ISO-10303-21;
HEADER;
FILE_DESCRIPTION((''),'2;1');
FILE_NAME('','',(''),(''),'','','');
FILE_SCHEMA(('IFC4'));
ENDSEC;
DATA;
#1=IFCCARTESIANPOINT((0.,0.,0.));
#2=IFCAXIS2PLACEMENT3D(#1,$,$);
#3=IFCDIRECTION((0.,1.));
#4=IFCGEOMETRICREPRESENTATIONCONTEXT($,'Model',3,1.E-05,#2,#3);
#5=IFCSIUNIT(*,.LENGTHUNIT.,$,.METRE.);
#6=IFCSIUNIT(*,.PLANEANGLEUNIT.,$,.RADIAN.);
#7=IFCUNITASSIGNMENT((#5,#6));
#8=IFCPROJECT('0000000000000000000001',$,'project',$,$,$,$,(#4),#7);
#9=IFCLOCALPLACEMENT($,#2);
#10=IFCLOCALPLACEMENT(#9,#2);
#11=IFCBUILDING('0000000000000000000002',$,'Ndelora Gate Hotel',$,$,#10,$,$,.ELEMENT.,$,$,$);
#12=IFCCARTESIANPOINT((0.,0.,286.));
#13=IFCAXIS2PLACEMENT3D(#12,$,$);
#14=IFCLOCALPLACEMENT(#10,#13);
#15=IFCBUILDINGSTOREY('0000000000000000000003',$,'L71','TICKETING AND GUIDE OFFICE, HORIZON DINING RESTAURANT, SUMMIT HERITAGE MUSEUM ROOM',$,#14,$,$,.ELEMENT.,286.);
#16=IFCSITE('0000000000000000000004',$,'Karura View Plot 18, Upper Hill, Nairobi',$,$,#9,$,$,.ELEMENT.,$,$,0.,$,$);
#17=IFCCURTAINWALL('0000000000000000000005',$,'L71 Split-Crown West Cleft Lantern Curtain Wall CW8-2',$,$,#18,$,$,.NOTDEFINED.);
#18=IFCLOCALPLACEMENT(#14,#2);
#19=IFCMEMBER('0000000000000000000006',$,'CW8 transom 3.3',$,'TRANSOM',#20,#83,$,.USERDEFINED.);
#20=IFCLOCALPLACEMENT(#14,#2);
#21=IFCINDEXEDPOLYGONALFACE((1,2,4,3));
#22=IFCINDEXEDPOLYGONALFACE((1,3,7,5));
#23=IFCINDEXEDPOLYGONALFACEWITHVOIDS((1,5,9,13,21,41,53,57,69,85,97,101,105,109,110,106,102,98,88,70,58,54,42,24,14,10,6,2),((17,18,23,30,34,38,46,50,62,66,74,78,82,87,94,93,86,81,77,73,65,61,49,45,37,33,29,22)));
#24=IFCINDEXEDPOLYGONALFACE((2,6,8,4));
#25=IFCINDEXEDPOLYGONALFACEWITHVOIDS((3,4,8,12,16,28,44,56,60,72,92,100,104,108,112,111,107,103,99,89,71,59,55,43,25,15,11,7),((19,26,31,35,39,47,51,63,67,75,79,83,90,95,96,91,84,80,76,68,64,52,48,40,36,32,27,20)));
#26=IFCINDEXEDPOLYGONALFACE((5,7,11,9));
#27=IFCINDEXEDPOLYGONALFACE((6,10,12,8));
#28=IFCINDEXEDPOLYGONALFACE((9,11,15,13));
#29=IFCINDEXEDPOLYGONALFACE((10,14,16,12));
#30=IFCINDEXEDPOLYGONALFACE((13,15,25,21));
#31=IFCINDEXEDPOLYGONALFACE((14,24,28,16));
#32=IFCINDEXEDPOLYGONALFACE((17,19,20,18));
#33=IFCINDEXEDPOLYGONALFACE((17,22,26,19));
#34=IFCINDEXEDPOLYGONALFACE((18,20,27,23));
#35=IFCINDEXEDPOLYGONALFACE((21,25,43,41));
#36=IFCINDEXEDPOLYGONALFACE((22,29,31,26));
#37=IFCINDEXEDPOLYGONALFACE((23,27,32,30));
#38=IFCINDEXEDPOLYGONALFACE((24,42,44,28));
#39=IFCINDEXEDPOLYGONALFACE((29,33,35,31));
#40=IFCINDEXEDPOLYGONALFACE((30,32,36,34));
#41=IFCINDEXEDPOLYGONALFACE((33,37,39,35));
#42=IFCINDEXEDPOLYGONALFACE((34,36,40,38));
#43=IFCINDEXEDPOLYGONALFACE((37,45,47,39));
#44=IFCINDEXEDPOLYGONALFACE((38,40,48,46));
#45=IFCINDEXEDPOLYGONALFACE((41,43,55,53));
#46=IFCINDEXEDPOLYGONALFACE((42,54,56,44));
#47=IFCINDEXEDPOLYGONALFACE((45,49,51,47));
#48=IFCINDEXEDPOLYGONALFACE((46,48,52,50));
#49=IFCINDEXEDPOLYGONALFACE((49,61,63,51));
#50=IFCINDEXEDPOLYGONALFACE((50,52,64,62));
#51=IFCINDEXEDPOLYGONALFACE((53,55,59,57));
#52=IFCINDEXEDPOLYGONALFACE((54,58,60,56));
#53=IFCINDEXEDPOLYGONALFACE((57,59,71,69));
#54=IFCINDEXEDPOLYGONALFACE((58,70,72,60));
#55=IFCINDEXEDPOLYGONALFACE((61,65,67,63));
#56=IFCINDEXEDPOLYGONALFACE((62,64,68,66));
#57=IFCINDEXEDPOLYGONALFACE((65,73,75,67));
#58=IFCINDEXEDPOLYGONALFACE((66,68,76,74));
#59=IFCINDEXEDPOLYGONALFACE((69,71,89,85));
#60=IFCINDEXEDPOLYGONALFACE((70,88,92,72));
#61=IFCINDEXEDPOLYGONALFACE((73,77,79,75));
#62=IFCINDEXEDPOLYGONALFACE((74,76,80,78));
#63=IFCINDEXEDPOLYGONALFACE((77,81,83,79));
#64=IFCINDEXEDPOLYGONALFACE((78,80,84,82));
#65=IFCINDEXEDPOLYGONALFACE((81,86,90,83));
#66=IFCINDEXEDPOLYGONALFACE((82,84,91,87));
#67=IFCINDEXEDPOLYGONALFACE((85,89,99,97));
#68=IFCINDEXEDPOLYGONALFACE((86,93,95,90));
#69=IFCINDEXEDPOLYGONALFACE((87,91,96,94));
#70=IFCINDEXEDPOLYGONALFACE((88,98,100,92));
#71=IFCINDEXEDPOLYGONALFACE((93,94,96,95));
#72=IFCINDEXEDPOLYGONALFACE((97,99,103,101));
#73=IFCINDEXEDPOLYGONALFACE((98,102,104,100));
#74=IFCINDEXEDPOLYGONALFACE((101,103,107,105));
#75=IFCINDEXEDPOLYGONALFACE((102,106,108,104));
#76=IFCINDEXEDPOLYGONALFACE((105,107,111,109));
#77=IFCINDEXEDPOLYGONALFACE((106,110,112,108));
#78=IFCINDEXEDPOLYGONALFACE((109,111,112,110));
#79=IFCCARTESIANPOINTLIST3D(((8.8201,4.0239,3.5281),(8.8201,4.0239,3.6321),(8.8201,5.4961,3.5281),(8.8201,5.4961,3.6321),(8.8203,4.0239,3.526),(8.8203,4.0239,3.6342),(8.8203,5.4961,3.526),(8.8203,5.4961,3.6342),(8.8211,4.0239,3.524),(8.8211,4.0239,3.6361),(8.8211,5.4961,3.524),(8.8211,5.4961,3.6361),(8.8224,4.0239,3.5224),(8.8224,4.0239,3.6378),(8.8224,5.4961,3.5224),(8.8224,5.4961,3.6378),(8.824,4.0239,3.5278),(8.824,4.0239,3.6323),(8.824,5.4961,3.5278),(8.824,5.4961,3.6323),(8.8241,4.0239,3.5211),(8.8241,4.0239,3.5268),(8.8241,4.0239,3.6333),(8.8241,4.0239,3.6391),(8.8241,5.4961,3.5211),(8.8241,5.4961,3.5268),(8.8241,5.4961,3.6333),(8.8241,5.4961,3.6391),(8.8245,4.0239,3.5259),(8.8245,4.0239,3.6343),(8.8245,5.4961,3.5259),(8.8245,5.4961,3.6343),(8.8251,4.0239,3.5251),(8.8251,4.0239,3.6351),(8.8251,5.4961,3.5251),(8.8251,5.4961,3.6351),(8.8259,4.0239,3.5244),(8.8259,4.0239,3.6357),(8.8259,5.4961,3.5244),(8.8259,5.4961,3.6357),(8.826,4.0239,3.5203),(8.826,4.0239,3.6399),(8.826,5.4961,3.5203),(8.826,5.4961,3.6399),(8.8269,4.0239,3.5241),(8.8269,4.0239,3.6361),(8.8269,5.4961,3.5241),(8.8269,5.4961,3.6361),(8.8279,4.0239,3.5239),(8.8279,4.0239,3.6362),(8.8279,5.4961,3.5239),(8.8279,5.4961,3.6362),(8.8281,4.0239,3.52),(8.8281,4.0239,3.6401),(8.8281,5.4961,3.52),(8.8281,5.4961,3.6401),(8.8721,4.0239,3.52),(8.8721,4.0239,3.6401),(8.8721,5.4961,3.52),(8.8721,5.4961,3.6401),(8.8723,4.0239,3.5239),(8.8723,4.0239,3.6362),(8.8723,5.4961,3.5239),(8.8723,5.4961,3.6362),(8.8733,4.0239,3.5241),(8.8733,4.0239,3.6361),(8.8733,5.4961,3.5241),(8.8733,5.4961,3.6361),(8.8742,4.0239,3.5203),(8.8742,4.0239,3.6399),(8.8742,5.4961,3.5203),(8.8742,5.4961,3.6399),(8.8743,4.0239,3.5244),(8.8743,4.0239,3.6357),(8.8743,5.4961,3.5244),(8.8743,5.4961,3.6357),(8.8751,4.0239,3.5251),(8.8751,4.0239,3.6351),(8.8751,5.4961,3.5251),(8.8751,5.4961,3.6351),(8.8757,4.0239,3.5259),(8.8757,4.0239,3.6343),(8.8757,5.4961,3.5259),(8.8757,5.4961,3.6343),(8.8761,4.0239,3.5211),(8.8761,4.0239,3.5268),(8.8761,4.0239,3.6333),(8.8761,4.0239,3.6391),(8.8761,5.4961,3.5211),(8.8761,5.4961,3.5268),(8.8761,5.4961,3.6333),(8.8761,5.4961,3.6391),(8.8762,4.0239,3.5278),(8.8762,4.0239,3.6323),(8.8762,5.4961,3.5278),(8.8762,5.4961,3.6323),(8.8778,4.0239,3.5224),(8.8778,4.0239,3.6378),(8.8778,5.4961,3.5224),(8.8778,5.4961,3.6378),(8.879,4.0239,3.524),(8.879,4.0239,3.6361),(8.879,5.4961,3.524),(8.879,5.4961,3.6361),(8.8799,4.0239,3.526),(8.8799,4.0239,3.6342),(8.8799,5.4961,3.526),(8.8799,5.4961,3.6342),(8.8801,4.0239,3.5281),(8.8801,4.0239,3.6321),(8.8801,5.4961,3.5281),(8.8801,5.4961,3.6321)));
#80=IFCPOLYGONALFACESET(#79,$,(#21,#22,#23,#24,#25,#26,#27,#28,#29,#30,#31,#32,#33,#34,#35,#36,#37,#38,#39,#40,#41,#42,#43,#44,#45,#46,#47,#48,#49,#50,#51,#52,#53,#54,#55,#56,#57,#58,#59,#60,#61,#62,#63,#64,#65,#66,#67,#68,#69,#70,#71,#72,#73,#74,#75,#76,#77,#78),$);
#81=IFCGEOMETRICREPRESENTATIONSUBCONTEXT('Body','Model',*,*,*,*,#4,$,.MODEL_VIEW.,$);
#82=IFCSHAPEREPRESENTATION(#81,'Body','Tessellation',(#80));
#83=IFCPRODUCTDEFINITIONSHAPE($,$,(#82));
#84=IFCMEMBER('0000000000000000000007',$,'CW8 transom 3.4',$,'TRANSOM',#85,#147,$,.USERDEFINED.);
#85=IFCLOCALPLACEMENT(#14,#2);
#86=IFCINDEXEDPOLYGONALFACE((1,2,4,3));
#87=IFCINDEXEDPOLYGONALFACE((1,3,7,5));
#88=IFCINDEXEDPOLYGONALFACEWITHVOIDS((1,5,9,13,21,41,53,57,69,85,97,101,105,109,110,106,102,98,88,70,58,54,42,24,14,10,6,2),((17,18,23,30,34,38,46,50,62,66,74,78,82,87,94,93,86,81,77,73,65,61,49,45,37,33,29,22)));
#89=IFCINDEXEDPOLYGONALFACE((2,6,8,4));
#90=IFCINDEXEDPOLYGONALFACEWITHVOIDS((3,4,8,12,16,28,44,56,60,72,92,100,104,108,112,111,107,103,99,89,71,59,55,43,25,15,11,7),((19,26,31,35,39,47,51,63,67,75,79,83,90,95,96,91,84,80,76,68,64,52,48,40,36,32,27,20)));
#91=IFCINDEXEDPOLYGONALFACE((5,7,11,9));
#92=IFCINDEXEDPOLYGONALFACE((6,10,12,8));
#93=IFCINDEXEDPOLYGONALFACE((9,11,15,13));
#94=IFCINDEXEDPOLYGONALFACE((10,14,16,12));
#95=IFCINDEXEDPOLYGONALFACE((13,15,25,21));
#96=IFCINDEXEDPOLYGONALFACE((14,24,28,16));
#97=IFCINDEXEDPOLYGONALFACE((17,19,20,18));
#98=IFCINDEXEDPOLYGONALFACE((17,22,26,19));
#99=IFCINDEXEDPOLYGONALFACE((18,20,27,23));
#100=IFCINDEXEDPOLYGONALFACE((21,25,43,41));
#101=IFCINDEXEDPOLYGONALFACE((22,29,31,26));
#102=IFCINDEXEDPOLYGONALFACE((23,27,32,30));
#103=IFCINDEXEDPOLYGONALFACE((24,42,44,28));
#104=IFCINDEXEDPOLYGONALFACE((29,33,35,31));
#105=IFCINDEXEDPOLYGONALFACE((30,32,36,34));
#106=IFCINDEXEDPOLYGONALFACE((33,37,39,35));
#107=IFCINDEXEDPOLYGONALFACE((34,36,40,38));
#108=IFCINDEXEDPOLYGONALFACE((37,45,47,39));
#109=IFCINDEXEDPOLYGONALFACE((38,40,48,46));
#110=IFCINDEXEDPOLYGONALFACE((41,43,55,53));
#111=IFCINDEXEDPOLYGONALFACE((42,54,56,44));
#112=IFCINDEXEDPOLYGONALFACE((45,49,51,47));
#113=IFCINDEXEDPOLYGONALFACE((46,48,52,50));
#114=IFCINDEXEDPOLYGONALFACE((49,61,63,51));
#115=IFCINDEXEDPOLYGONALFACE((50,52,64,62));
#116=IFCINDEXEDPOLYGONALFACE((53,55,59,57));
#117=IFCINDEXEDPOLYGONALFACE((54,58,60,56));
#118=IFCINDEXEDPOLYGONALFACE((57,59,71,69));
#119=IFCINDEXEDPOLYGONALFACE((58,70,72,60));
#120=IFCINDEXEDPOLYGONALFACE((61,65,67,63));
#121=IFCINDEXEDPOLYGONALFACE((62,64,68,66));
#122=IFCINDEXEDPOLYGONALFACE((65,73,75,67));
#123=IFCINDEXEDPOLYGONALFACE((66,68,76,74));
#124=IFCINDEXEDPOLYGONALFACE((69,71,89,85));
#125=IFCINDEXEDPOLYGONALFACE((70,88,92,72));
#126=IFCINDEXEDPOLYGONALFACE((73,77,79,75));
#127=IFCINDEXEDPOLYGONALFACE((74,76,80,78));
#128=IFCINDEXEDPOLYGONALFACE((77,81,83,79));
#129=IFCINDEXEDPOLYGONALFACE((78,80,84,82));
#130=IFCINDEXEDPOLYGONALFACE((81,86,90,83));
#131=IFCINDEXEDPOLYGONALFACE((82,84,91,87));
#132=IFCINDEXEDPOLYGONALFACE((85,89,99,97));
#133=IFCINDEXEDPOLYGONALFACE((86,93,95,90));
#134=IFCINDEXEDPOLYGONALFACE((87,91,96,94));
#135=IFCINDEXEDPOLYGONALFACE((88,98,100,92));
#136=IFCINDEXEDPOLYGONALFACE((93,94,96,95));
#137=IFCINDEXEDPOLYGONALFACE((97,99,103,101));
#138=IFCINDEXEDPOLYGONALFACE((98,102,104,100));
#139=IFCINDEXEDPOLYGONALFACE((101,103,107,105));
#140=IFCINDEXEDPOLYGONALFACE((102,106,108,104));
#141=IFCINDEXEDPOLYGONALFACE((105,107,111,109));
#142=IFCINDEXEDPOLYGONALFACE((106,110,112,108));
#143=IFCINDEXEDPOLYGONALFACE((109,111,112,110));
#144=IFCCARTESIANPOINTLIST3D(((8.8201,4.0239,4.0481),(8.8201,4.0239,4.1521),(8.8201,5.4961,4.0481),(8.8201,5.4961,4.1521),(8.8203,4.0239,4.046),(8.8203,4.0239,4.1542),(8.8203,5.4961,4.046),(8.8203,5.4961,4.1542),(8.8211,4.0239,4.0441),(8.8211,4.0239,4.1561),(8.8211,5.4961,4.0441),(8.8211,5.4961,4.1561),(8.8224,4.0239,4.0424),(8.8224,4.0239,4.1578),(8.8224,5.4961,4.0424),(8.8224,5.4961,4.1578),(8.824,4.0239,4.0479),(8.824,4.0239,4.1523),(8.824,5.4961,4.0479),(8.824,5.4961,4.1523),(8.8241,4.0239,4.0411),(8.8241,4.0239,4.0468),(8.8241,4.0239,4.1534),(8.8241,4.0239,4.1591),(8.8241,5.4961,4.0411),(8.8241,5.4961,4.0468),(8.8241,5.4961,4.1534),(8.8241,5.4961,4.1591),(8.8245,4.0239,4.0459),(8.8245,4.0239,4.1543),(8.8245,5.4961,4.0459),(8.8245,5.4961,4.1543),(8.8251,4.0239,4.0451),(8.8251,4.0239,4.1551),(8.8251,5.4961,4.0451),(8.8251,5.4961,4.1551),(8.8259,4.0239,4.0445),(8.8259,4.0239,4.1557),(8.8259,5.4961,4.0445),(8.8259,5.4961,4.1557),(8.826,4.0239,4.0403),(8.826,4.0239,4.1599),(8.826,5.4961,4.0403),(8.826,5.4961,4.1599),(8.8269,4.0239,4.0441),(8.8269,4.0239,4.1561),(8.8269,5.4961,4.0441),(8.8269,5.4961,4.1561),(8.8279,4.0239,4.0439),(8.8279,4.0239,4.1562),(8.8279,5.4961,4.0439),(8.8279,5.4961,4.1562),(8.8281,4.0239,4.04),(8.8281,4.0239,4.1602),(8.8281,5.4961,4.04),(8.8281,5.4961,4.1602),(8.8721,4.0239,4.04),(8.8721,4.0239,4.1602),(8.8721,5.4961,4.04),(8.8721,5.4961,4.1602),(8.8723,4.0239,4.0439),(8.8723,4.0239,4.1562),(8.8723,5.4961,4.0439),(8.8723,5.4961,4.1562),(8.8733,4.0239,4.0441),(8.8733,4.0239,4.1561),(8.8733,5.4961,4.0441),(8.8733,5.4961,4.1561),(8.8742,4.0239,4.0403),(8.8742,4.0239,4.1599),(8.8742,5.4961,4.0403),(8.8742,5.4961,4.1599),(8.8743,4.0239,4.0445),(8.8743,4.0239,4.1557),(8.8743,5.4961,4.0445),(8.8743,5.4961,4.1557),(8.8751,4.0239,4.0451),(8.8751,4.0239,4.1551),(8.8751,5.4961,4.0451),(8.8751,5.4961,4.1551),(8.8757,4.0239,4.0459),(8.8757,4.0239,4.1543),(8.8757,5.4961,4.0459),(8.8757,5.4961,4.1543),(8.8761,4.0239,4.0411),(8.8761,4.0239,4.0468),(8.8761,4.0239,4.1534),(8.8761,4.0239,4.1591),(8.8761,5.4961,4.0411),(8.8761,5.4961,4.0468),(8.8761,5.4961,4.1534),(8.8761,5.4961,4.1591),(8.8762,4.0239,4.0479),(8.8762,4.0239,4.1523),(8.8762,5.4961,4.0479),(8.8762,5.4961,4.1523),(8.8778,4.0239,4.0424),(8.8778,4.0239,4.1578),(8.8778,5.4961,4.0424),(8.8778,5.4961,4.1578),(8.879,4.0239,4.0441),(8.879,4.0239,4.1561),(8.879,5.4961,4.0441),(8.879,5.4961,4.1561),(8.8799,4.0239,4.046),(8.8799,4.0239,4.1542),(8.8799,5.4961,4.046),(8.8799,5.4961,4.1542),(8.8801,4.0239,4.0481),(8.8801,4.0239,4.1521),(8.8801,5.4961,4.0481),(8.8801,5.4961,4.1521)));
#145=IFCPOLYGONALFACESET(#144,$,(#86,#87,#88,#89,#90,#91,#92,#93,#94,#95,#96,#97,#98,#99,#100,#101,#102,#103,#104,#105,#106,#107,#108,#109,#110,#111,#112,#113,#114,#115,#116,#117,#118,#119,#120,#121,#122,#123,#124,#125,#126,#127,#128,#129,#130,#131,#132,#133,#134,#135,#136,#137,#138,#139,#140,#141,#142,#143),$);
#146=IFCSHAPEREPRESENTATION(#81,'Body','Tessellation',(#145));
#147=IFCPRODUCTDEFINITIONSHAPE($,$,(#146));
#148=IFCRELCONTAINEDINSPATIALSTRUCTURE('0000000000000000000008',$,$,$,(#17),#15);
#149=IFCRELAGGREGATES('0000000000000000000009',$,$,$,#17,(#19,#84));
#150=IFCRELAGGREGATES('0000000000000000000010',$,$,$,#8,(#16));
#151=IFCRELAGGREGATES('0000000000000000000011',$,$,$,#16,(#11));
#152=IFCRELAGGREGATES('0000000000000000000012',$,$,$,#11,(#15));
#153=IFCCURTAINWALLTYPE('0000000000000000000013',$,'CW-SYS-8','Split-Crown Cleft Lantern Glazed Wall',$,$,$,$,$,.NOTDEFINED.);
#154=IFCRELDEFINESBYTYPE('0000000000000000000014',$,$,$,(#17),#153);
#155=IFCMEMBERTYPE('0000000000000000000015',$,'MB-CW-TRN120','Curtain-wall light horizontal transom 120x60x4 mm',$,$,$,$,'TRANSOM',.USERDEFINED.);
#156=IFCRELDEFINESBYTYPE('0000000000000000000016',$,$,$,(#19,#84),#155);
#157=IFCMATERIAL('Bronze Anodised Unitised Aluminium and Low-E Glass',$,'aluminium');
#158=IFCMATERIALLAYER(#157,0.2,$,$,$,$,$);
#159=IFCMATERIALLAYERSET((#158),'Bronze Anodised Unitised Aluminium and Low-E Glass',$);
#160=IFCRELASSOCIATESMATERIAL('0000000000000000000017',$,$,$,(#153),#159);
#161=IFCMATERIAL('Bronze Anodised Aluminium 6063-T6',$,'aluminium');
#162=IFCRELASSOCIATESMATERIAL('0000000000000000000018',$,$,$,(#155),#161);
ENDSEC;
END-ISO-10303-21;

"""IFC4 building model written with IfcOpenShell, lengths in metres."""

from ifc_helpers import new_model, si_unit, direction, frame, origin, origin_2d, place, context, subcontext, project, spatial, hollow_rectangle, extrude, material, layer, layer_set, material_profile, profile_set, type_object, element, aggregate, save


model = new_model("IFC4")

# Units and contexts
model_context = context("Model", 3, precision=1e-05, world=origin(), true_north=direction((0.0, 1.0)))
body_context = subcontext(model_context, "Body", "Model", "MODEL_VIEW")
ifc_project = project(units=[si_unit("LENGTHUNIT", "METRE"), si_unit("PLANEANGLEUNIT", "RADIAN")], contexts=[model_context])

# Site, building, storey
site_placement = place(None, origin())
site = spatial("IfcSite", under=ifc_project, at=site_placement, Name="Karura View Plot 18, Upper Hill, Nairobi", CompositionType="ELEMENT", RefElevation=0.0)
building_placement = place(site_placement, origin())
building = spatial("IfcBuilding", under=site, at=building_placement, Name="Ndelora Gate Hotel", CompositionType="ELEMENT")
storey_placement = place(building_placement, frame((0.0, 0.0, 286.0)))
storey = spatial("IfcBuildingStorey", under=building, at=storey_placement, Name="L71", Description="TICKETING AND GUIDE OFFICE, HORIZON DINING RESTAURANT, SUMMIT HERITAGE MUSEUM ROOM", CompositionType="ELEMENT", Elevation=286.0)

# Curtain wall
ifc_material_1 = material(Name="Bronze Anodised Unitised Aluminium and Low-E Glass", Category="aluminium")
ifc_layer_1 = layer(ifc_material_1, 0.2)
ifc_layer_set_1 = layer_set([ifc_layer_1], Name="Bronze Anodised Unitised Aluminium and Low-E Glass")
curtain_wall_type = type_object("IfcCurtainWallType", Name="CW-SYS-8", Description="Split-Crown Cleft Lantern Glazed Wall", PredefinedType="NOTDEFINED", material=ifc_layer_set_1)
curtain_wall_1_placement = place(storey_placement, origin())
curtain_wall_1 = element("IfcCurtainWall", 1, at=curtain_wall_1_placement, inside=storey, type_object=curtain_wall_type, Name="L71 Split-Crown West Cleft Lantern Curtain Wall CW8-2", PredefinedType="NOTDEFINED")
ifc_material_2 = material(Name="Bronze Anodised Aluminium 6063-T6", Category="aluminium")

# Members
ifc_material_profile_1 = material_profile(ifc_material_2, hollow_rectangle(XDim=0.0601, YDim=0.1201, WallThickness=0.0039, InnerFilletRadius=0.0039, OuterFilletRadius=0.0081, at=origin_2d()), Name="ALU 120x60x4")
ifc_profile_set_1 = profile_set([ifc_material_profile_1], Name="Bronze Anodised Aluminium 6063-T6")
member_type_1 = type_object("IfcMemberType", Name="MB-CW-TRN120", Description="Curtain-wall light horizontal transom 120x60x4 mm", ElementType="TRANSOM", PredefinedType="USERDEFINED", material=ifc_profile_set_1)
member_1_placement = place(storey_placement, frame((8.8501, 4.0239, 3.5801), z_axis=(0.0, 1.0, 0.0), x_axis=(-1.0, 0.0, 0.0)))
member_1 = element("IfcMember", 2, at=member_1_placement, type_object=member_type_1, Name="CW8 transom 3.3", ObjectType="TRANSOM", PredefinedType="USERDEFINED", context=body_context, shape_type="SweptSolid", body=[
    extrude(hollow_rectangle(XDim=0.0601, YDim=0.1201, WallThickness=0.0039, InnerFilletRadius=0.0039, OuterFilletRadius=0.0081, at=origin_2d()), origin(), (0.0, 0.0, 1.0), 1.4722),
])
member_2_placement = place(storey_placement, frame((8.8501, 4.0239, 4.1001), z_axis=(0.0, 1.0, 0.0), x_axis=(-1.0, 0.0, 0.0)))
member_2 = element("IfcMember", 3, at=member_2_placement, type_object=member_type_1, Name="CW8 transom 3.4", ObjectType="TRANSOM", PredefinedType="USERDEFINED", context=body_context, shape_type="SweptSolid", body=[
    extrude(hollow_rectangle(XDim=0.0601, YDim=0.1201, WallThickness=0.0039, InnerFilletRadius=0.0039, OuterFilletRadius=0.0081, at=origin_2d()), origin(), (0.0, 0.0, 1.0), 1.4722),
])

aggregate(curtain_wall_1, [member_1, member_2])

save(model, "model.ifc")
